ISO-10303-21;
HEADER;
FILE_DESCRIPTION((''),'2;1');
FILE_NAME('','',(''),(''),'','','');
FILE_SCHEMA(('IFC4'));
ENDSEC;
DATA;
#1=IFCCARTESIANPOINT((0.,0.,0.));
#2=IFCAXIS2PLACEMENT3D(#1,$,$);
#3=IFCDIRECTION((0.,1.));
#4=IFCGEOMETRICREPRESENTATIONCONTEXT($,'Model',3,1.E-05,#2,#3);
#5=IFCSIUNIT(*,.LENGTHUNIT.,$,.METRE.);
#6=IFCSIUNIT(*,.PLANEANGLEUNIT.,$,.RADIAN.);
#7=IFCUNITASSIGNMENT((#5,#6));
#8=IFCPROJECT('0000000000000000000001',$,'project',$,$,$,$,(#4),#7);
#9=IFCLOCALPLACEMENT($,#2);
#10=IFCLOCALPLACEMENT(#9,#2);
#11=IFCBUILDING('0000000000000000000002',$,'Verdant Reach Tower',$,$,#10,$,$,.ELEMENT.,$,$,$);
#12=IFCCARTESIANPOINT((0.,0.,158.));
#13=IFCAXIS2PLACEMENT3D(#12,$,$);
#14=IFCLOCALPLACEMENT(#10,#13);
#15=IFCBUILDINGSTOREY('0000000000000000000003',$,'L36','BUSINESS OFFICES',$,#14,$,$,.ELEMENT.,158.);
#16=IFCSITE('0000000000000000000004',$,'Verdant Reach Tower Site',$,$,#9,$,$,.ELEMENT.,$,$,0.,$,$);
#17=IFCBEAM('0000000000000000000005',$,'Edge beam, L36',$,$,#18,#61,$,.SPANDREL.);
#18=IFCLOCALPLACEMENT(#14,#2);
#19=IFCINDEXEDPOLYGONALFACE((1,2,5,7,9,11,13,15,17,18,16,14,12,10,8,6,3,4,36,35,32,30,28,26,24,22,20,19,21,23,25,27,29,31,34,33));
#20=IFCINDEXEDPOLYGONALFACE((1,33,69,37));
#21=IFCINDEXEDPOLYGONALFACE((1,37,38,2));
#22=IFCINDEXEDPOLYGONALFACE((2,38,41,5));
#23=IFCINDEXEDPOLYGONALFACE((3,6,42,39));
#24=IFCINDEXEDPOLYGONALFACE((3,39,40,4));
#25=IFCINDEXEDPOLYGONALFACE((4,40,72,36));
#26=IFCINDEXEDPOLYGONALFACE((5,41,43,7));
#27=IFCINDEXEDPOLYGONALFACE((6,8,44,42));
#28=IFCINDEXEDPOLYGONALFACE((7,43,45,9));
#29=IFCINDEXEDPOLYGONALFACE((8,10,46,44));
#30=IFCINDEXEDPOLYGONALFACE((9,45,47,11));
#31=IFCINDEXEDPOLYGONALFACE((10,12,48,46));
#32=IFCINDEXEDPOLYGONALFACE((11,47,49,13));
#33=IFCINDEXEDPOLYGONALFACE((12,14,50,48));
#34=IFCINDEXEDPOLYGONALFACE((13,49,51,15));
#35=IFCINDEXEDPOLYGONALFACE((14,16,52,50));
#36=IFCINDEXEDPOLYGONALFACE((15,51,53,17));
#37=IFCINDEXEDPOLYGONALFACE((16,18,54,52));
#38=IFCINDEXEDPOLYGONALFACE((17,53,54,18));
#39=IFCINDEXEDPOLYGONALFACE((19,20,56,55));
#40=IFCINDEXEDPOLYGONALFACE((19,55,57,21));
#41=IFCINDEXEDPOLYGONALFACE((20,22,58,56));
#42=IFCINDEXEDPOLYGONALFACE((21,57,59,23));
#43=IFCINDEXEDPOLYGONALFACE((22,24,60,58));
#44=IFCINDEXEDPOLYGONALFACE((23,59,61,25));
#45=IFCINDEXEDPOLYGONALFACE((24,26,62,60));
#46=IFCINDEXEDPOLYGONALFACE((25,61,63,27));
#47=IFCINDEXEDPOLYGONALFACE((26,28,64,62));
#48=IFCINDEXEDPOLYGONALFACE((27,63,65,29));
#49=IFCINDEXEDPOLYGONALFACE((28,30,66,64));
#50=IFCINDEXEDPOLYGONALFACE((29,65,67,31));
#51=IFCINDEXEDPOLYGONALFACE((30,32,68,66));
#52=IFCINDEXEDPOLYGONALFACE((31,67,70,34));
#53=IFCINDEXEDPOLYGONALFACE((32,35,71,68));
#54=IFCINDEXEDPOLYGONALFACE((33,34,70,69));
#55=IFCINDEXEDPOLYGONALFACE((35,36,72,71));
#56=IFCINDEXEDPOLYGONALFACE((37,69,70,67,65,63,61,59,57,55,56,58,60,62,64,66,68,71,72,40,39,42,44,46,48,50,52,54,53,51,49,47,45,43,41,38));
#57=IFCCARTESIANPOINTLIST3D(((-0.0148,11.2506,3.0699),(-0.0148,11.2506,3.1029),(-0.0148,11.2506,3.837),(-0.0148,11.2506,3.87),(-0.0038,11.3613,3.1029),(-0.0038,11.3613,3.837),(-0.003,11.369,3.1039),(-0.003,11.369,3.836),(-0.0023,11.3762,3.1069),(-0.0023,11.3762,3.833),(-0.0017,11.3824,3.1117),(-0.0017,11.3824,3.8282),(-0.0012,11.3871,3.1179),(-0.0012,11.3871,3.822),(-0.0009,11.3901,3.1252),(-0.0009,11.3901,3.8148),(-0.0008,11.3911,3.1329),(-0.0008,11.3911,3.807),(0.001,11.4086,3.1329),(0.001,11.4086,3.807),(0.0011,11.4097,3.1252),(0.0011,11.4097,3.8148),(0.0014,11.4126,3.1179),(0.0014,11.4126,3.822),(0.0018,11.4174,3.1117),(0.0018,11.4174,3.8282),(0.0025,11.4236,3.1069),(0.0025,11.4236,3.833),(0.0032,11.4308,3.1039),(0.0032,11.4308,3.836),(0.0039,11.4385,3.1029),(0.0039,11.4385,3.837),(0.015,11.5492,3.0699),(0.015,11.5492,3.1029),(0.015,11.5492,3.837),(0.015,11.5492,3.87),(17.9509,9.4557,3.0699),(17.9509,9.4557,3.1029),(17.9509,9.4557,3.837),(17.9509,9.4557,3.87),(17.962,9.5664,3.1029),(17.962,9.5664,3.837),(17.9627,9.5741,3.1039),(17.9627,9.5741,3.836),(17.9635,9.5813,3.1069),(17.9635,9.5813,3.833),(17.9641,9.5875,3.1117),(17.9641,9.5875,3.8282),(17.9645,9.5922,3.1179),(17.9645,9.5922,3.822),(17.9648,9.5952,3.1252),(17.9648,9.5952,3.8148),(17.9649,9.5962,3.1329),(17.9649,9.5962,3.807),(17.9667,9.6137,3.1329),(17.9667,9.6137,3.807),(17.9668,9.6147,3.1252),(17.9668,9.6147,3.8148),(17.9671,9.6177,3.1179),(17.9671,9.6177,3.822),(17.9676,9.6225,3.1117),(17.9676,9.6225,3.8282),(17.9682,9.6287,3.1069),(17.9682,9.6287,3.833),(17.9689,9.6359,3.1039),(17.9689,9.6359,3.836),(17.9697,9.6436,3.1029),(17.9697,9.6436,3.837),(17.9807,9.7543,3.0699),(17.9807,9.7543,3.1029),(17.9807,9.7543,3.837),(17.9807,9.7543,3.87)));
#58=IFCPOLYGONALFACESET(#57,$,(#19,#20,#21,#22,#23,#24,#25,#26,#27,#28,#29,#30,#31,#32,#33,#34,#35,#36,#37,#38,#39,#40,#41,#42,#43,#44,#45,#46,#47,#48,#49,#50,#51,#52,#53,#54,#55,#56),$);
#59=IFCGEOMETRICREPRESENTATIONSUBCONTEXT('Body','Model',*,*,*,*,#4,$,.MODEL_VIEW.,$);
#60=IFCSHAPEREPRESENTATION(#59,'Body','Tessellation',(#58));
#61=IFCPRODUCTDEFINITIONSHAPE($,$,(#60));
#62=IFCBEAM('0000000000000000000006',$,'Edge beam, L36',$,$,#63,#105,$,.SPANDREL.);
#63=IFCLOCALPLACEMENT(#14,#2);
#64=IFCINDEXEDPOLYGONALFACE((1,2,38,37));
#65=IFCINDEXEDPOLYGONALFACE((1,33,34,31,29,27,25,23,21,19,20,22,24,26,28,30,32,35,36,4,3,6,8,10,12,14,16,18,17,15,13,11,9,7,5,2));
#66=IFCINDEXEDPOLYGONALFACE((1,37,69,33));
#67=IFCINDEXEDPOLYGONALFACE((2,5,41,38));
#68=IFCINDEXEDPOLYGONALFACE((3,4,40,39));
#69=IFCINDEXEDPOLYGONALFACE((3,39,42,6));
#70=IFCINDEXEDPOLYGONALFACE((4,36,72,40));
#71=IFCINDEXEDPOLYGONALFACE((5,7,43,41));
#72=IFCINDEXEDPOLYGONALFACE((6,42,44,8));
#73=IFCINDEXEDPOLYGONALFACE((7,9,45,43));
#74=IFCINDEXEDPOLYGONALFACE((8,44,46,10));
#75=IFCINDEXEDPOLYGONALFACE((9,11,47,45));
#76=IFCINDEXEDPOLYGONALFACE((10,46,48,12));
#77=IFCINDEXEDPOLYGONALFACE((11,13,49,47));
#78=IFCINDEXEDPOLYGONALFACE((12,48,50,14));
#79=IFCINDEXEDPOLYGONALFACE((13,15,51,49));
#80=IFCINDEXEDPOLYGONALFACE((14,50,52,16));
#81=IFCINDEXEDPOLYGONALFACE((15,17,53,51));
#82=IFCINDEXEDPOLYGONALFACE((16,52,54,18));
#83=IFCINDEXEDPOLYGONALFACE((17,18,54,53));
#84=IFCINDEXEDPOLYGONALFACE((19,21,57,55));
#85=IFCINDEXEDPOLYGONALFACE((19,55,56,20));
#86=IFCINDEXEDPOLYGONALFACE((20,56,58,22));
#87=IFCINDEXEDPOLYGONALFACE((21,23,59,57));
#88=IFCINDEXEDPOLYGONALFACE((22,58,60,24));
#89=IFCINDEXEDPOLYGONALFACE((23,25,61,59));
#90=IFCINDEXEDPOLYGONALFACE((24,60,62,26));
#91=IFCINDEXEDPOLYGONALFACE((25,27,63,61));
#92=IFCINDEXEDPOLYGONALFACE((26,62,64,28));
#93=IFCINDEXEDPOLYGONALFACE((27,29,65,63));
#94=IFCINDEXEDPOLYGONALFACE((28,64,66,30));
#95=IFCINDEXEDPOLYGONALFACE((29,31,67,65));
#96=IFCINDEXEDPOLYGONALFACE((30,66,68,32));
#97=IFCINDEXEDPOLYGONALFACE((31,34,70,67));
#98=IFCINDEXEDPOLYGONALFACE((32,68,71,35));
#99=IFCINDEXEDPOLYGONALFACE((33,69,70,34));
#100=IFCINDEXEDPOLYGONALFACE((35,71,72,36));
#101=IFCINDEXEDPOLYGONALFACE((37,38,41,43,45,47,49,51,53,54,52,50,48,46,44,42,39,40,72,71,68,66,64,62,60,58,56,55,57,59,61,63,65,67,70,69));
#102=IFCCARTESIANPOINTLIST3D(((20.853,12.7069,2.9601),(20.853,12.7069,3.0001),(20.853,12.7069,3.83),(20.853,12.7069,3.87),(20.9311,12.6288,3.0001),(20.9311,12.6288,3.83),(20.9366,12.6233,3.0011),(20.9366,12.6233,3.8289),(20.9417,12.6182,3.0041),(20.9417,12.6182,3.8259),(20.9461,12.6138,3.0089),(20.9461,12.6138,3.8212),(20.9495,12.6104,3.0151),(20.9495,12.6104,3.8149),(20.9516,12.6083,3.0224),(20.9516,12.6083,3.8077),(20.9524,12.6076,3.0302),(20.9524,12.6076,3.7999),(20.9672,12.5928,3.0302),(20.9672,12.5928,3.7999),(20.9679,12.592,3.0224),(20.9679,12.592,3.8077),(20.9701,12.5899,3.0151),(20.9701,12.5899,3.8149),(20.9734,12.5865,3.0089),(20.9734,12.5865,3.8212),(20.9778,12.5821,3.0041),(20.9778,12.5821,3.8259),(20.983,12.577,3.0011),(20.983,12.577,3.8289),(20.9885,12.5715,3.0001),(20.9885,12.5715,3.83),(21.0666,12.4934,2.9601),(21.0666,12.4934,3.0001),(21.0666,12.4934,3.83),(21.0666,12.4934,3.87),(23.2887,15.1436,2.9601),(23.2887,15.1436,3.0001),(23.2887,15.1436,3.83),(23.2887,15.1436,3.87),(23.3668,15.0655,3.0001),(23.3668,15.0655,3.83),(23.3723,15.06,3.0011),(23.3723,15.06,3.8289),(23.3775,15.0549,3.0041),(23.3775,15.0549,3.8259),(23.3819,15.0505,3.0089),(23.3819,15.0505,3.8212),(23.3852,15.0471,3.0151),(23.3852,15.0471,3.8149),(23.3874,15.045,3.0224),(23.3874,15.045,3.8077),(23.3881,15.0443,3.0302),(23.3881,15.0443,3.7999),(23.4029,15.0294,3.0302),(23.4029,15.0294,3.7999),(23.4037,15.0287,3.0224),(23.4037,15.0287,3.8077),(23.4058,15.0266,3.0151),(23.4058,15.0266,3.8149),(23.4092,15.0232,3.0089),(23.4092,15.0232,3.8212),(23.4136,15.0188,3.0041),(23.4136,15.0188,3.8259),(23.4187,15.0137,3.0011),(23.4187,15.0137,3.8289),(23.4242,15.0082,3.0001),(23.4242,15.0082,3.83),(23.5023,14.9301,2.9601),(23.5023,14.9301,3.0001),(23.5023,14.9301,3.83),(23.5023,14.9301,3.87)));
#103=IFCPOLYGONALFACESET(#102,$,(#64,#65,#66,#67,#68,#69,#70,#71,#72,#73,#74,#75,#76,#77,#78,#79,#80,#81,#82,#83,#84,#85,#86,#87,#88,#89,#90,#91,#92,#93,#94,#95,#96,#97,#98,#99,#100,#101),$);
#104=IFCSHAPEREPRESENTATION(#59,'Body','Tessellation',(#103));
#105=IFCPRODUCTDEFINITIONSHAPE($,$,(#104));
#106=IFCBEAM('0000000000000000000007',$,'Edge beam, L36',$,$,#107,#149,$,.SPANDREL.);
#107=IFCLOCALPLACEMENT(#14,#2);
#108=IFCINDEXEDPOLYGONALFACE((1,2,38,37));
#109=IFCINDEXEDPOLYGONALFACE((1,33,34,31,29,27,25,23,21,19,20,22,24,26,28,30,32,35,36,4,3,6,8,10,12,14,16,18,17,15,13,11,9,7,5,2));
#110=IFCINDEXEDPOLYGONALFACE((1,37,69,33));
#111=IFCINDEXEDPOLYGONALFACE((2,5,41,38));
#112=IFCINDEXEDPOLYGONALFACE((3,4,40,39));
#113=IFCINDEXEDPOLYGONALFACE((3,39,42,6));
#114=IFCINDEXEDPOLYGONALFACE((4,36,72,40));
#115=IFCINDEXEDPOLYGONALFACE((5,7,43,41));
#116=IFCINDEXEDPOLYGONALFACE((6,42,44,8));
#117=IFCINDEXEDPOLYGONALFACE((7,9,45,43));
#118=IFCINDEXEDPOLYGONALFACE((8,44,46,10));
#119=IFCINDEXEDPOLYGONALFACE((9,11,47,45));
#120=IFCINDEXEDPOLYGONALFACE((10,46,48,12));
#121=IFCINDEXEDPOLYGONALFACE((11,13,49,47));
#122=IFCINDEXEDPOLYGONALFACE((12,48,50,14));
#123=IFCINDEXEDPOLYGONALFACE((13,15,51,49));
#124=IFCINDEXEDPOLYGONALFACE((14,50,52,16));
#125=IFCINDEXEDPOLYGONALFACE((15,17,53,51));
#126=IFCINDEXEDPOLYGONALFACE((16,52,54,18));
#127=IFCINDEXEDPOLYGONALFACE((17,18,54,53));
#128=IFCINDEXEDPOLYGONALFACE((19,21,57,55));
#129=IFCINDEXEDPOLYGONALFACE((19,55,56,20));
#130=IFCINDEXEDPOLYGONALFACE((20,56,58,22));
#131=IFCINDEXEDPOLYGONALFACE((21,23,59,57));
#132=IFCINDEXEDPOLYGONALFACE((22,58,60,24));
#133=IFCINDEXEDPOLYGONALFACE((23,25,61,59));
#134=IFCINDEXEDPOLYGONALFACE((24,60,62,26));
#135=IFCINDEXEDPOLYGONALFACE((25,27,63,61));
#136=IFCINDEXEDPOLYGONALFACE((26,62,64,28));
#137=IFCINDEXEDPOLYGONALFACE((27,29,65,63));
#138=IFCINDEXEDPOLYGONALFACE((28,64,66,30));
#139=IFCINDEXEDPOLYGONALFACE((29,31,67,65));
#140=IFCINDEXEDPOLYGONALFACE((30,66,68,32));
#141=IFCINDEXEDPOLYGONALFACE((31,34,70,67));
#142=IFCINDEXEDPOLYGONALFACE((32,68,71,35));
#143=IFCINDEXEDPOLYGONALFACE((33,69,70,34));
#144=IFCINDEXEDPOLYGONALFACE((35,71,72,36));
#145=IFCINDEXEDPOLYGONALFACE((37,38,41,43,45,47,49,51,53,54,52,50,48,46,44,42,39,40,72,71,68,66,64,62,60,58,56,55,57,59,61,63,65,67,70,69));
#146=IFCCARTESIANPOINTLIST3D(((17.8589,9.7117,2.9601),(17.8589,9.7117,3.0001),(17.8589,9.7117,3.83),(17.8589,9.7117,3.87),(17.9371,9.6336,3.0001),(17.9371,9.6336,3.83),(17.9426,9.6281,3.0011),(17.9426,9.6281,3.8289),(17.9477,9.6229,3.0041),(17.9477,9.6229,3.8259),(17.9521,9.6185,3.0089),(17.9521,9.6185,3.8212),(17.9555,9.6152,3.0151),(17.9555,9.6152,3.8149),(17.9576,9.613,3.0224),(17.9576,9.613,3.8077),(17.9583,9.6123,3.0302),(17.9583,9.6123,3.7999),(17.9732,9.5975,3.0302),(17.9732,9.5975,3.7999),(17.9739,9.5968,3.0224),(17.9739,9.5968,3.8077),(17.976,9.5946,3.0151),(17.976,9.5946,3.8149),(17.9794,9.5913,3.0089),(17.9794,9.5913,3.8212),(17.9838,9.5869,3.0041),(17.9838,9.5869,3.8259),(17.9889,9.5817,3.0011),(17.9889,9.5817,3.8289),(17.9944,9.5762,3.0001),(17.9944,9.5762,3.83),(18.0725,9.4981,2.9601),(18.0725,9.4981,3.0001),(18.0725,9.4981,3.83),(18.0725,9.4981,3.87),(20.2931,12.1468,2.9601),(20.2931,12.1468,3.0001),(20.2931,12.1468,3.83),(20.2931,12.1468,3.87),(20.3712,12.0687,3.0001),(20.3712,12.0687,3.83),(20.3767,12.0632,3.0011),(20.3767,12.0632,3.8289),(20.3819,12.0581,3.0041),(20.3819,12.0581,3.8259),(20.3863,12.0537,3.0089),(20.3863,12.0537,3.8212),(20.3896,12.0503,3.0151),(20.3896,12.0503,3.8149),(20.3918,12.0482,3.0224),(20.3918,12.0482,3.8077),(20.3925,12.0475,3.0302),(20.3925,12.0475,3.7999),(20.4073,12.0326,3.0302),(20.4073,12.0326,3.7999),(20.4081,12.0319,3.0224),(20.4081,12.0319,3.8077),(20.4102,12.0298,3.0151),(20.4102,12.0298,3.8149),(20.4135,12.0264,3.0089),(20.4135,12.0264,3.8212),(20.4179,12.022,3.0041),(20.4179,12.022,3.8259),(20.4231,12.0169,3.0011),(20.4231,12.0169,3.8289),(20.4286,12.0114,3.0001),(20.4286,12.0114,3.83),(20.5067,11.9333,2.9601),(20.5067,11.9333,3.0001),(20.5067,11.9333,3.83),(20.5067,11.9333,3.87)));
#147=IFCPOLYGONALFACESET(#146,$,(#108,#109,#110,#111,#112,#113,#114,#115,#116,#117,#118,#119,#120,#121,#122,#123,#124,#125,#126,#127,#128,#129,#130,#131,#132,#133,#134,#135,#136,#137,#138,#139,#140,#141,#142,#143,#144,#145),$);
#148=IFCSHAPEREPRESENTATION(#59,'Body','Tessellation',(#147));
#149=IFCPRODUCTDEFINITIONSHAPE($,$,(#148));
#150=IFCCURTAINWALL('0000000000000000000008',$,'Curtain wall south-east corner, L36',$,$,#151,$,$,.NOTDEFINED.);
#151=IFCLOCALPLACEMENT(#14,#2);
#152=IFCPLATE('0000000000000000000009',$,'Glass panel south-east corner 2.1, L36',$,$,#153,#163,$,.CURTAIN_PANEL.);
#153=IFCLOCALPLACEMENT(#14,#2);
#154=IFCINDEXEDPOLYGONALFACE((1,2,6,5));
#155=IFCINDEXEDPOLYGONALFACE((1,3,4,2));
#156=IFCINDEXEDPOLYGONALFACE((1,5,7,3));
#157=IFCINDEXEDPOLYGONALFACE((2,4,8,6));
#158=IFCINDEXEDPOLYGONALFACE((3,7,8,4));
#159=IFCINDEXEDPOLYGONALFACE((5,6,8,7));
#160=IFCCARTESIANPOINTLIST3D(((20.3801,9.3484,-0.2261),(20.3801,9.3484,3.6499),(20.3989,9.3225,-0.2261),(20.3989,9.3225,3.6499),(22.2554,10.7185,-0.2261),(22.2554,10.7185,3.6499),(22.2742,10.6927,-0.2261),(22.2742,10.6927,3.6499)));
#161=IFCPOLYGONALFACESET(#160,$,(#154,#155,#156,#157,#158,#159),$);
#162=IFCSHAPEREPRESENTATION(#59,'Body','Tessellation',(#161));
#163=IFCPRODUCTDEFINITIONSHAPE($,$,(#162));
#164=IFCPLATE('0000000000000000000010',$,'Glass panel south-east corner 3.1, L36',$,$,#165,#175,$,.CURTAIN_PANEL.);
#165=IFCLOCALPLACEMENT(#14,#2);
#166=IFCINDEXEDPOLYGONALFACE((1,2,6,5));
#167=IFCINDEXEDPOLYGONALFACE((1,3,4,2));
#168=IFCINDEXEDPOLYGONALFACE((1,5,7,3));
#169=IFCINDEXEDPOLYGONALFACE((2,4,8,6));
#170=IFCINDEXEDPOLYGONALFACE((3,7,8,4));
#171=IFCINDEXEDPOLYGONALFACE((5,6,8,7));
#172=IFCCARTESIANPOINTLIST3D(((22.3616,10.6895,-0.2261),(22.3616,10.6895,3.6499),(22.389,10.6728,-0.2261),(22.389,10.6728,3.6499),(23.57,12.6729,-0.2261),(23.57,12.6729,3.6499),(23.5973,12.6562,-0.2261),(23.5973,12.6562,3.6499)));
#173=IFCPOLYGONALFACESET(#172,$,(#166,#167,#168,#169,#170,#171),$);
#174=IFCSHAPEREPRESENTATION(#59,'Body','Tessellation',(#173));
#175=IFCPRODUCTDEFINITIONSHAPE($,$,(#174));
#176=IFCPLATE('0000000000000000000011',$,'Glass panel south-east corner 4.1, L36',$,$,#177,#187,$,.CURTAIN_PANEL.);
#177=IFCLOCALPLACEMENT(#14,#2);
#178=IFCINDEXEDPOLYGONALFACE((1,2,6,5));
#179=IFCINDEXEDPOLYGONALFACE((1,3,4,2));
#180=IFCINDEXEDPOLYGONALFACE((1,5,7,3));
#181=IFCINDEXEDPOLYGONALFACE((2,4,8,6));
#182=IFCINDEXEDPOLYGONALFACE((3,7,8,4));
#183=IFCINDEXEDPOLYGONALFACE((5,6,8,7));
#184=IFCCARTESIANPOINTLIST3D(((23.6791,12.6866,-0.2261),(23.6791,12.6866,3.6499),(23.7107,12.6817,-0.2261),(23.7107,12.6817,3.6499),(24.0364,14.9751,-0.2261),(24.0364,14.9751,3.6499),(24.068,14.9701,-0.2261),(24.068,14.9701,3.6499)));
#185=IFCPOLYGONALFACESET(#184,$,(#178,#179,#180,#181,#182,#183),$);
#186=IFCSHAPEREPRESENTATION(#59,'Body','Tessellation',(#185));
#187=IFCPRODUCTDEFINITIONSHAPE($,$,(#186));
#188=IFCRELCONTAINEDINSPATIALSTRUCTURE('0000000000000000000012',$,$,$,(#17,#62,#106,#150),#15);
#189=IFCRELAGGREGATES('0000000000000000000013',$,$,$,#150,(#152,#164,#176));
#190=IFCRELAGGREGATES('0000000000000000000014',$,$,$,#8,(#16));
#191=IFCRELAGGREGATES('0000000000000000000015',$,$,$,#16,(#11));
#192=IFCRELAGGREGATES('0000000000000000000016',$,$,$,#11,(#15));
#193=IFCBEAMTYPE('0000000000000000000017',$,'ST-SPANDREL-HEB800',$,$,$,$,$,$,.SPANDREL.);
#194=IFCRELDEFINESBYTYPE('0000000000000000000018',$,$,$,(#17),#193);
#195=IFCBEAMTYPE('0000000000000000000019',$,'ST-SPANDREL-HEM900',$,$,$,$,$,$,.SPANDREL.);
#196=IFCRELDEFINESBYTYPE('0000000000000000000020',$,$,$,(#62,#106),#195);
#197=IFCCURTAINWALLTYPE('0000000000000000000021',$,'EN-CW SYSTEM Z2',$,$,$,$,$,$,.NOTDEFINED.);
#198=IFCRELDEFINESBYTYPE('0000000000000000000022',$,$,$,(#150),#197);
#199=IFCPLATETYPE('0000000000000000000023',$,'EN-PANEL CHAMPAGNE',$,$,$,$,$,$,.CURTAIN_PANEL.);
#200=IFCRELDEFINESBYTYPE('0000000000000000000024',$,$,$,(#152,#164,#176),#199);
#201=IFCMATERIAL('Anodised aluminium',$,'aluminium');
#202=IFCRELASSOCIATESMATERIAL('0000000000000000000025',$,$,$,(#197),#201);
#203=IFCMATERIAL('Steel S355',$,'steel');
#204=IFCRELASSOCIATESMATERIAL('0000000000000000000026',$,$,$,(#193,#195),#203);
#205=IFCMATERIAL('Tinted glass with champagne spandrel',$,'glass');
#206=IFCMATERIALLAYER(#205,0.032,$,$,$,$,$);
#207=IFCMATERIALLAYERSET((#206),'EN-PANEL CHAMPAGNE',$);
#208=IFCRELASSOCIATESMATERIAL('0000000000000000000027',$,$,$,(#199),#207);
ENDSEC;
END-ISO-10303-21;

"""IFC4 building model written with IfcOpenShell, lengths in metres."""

from ifc_helpers import new_model, si_unit, direction, frame, origin, origin_2d, place, context, subcontext, project, spatial, rectangle, i_section, extrude, material, layer, layer_set, material_profile, profile_set, type_object, element, aggregate, save


model = new_model("IFC4")

# Units and contexts
model_context = context("Model", 3, precision=1e-05, world=origin(), true_north=direction((0.0, 1.0)))
body_context = subcontext(model_context, "Body", "Model", "MODEL_VIEW")
ifc_project = project(units=[si_unit("LENGTHUNIT", "METRE"), si_unit("PLANEANGLEUNIT", "RADIAN")], contexts=[model_context])

# Site, building, storey
site_placement = place(None, origin())
site = spatial("IfcSite", under=ifc_project, at=site_placement, Name="Verdant Reach Tower Site", CompositionType="ELEMENT", RefElevation=0.0)
building_placement = place(site_placement, origin())
building = spatial("IfcBuilding", under=site, at=building_placement, Name="Verdant Reach Tower", CompositionType="ELEMENT")
storey_placement = place(building_placement, frame((0.0, 0.0, 158.0)))
storey = spatial("IfcBuildingStorey", under=building, at=storey_placement, Name="L36", Description="BUSINESS OFFICES", CompositionType="ELEMENT", Elevation=158.0)

# Shared definitions
ifc_material_1 = material(Name="Anodised aluminium", Category="aluminium")
curtain_wall_type = type_object("IfcCurtainWallType", Name="EN-CW SYSTEM Z2", PredefinedType="NOTDEFINED", material=ifc_material_1)

# Beams
ifc_material_2 = material(Name="Steel S355", Category="steel")
ifc_material_profile_1 = material_profile(ifc_material_2, i_section(OverallWidth=0.3, OverallDepth=0.8, WebThickness=0.0176, FlangeThickness=0.033, FilletRadius=0.03, at=origin_2d()), Name="HEB 800")
ifc_profile_set_1 = profile_set([ifc_material_profile_1], Name="Steel S355")
beam_type_1 = type_object("IfcBeamType", Name="ST-SPANDREL-HEB800", PredefinedType="SPANDREL", material=ifc_profile_set_1)
beam_1_placement = place(storey_placement, frame((17.9658, 9.605, 3.47), z_axis=(-0.995046, 0.099413, 0.0), x_axis=(-0.099413, -0.995046, 0.0)))
element("IfcBeam", 1, at=beam_1_placement, inside=storey, type_object=beam_type_1, Name="Edge beam, L36", PredefinedType="SPANDREL", context=body_context, shape_type="SweptSolid", body=[
    extrude(i_section(OverallWidth=0.3, OverallDepth=0.8, WebThickness=0.0176, FlangeThickness=0.033, FilletRadius=0.03, at=origin_2d()), origin(), (0.0, 0.0, 1.0), 18.0552),
])
ifc_material_profile_2 = material_profile(ifc_material_2, i_section(OverallWidth=0.302, OverallDepth=0.9099, WebThickness=0.021, FlangeThickness=0.04, FilletRadius=0.03, at=origin_2d()), Name="HEM 900")
ifc_profile_set_2 = profile_set([ifc_material_profile_2], Name="Steel S355")
beam_type_2 = type_object("IfcBeamType", Name="ST-SPANDREL-HEM900", PredefinedType="SPANDREL", material=ifc_profile_set_2)
beam_2_placement = place(storey_placement, frame((23.3955, 15.0369, 3.415), z_axis=(-0.706965, -0.707248, 0.0), x_axis=(0.707248, -0.706965, 0.0)))
element("IfcBeam", 2, at=beam_2_placement, inside=storey, type_object=beam_type_2, Name="Edge beam, L36", PredefinedType="SPANDREL", context=body_context, shape_type="SweptSolid", body=[
    extrude(i_section(OverallWidth=0.302, OverallDepth=0.9099, WebThickness=0.021, FlangeThickness=0.04, FilletRadius=0.03, at=origin_2d()), origin(), (0.0, 0.0, 1.0), 3.4453),
])
beam_3_placement = place(storey_placement, frame((20.3999, 12.04, 3.415), z_axis=(-0.706965, -0.707249, 0.0), x_axis=(0.707249, -0.706965, 0.0)))
element("IfcBeam", 3, at=beam_3_placement, inside=storey, type_object=beam_type_2, Name="Edge beam, L36", PredefinedType="SPANDREL", context=body_context, shape_type="SweptSolid", body=[
    extrude(i_section(OverallWidth=0.302, OverallDepth=0.9099, WebThickness=0.021, FlangeThickness=0.04, FilletRadius=0.03, at=origin_2d()), origin(), (0.0, 0.0, 1.0), 3.4431),
])

# Curtain wall, plates
curtain_wall_1_placement = place(storey_placement, origin())
curtain_wall_1 = element("IfcCurtainWall", 4, at=curtain_wall_1_placement, inside=storey, type_object=curtain_wall_type, Name="Curtain wall south-east corner, L36", PredefinedType="NOTDEFINED")
ifc_material_3 = material(Name="Tinted glass with champagne spandrel", Category="glass")
ifc_layer_1 = layer(ifc_material_3, 0.032)
ifc_layer_set_1 = layer_set([ifc_layer_1], Name="EN-PANEL CHAMPAGNE")
plate_type_1 = type_object("IfcPlateType", Name="EN-PANEL CHAMPAGNE", PredefinedType="CURTAIN_PANEL", material=ifc_layer_set_1)
plate_1_placement = place(storey_placement, frame((21.3271, 10.0205, -0.2261), z_axis=(0.0, 0.0, 1.0), x_axis=(0.807457, 0.589927, 0.0)))
plate_1 = element("IfcPlate", 5, at=plate_1_placement, type_object=plate_type_1, Name="Glass panel south-east corner 2.1, L36", PredefinedType="CURTAIN_PANEL", context=body_context, shape_type="SweptSolid", body=[
    extrude(rectangle(XDim=2.3225, YDim=0.032, at=origin_2d()), origin(), (0.0, 0.0, 1.0), 3.876),
])
plate_2_placement = place(storey_placement, frame((22.9795, 11.6729, -0.2261), z_axis=(0.0, 0.0, 1.0), x_axis=(0.520292, 0.853989, 0.0)))
plate_2 = element("IfcPlate", 6, at=plate_2_placement, type_object=plate_type_1, Name="Glass panel south-east corner 3.1, L36", PredefinedType="CURTAIN_PANEL", context=body_context, shape_type="SweptSolid", body=[
    extrude(rectangle(XDim=2.3225, YDim=0.032, at=origin_2d()), origin(), (0.0, 0.0, 1.0), 3.876),
])
plate_3_placement = place(storey_placement, frame((23.8735, 13.8284, -0.2261), z_axis=(0.0, 0.0, 1.0), x_axis=(0.154281, 0.988027, 0.0)))
plate_3 = element("IfcPlate", 7, at=plate_3_placement, type_object=plate_type_1, Name="Glass panel south-east corner 4.1, L36", PredefinedType="CURTAIN_PANEL", context=body_context, shape_type="SweptSolid", body=[
    extrude(rectangle(XDim=2.3162, YDim=0.032, at=origin_2d()), origin(), (0.0, 0.0, 1.0), 3.876),
])

aggregate(curtain_wall_1, [plate_1, plate_2, plate_3])

save(model, "model.ifc")
